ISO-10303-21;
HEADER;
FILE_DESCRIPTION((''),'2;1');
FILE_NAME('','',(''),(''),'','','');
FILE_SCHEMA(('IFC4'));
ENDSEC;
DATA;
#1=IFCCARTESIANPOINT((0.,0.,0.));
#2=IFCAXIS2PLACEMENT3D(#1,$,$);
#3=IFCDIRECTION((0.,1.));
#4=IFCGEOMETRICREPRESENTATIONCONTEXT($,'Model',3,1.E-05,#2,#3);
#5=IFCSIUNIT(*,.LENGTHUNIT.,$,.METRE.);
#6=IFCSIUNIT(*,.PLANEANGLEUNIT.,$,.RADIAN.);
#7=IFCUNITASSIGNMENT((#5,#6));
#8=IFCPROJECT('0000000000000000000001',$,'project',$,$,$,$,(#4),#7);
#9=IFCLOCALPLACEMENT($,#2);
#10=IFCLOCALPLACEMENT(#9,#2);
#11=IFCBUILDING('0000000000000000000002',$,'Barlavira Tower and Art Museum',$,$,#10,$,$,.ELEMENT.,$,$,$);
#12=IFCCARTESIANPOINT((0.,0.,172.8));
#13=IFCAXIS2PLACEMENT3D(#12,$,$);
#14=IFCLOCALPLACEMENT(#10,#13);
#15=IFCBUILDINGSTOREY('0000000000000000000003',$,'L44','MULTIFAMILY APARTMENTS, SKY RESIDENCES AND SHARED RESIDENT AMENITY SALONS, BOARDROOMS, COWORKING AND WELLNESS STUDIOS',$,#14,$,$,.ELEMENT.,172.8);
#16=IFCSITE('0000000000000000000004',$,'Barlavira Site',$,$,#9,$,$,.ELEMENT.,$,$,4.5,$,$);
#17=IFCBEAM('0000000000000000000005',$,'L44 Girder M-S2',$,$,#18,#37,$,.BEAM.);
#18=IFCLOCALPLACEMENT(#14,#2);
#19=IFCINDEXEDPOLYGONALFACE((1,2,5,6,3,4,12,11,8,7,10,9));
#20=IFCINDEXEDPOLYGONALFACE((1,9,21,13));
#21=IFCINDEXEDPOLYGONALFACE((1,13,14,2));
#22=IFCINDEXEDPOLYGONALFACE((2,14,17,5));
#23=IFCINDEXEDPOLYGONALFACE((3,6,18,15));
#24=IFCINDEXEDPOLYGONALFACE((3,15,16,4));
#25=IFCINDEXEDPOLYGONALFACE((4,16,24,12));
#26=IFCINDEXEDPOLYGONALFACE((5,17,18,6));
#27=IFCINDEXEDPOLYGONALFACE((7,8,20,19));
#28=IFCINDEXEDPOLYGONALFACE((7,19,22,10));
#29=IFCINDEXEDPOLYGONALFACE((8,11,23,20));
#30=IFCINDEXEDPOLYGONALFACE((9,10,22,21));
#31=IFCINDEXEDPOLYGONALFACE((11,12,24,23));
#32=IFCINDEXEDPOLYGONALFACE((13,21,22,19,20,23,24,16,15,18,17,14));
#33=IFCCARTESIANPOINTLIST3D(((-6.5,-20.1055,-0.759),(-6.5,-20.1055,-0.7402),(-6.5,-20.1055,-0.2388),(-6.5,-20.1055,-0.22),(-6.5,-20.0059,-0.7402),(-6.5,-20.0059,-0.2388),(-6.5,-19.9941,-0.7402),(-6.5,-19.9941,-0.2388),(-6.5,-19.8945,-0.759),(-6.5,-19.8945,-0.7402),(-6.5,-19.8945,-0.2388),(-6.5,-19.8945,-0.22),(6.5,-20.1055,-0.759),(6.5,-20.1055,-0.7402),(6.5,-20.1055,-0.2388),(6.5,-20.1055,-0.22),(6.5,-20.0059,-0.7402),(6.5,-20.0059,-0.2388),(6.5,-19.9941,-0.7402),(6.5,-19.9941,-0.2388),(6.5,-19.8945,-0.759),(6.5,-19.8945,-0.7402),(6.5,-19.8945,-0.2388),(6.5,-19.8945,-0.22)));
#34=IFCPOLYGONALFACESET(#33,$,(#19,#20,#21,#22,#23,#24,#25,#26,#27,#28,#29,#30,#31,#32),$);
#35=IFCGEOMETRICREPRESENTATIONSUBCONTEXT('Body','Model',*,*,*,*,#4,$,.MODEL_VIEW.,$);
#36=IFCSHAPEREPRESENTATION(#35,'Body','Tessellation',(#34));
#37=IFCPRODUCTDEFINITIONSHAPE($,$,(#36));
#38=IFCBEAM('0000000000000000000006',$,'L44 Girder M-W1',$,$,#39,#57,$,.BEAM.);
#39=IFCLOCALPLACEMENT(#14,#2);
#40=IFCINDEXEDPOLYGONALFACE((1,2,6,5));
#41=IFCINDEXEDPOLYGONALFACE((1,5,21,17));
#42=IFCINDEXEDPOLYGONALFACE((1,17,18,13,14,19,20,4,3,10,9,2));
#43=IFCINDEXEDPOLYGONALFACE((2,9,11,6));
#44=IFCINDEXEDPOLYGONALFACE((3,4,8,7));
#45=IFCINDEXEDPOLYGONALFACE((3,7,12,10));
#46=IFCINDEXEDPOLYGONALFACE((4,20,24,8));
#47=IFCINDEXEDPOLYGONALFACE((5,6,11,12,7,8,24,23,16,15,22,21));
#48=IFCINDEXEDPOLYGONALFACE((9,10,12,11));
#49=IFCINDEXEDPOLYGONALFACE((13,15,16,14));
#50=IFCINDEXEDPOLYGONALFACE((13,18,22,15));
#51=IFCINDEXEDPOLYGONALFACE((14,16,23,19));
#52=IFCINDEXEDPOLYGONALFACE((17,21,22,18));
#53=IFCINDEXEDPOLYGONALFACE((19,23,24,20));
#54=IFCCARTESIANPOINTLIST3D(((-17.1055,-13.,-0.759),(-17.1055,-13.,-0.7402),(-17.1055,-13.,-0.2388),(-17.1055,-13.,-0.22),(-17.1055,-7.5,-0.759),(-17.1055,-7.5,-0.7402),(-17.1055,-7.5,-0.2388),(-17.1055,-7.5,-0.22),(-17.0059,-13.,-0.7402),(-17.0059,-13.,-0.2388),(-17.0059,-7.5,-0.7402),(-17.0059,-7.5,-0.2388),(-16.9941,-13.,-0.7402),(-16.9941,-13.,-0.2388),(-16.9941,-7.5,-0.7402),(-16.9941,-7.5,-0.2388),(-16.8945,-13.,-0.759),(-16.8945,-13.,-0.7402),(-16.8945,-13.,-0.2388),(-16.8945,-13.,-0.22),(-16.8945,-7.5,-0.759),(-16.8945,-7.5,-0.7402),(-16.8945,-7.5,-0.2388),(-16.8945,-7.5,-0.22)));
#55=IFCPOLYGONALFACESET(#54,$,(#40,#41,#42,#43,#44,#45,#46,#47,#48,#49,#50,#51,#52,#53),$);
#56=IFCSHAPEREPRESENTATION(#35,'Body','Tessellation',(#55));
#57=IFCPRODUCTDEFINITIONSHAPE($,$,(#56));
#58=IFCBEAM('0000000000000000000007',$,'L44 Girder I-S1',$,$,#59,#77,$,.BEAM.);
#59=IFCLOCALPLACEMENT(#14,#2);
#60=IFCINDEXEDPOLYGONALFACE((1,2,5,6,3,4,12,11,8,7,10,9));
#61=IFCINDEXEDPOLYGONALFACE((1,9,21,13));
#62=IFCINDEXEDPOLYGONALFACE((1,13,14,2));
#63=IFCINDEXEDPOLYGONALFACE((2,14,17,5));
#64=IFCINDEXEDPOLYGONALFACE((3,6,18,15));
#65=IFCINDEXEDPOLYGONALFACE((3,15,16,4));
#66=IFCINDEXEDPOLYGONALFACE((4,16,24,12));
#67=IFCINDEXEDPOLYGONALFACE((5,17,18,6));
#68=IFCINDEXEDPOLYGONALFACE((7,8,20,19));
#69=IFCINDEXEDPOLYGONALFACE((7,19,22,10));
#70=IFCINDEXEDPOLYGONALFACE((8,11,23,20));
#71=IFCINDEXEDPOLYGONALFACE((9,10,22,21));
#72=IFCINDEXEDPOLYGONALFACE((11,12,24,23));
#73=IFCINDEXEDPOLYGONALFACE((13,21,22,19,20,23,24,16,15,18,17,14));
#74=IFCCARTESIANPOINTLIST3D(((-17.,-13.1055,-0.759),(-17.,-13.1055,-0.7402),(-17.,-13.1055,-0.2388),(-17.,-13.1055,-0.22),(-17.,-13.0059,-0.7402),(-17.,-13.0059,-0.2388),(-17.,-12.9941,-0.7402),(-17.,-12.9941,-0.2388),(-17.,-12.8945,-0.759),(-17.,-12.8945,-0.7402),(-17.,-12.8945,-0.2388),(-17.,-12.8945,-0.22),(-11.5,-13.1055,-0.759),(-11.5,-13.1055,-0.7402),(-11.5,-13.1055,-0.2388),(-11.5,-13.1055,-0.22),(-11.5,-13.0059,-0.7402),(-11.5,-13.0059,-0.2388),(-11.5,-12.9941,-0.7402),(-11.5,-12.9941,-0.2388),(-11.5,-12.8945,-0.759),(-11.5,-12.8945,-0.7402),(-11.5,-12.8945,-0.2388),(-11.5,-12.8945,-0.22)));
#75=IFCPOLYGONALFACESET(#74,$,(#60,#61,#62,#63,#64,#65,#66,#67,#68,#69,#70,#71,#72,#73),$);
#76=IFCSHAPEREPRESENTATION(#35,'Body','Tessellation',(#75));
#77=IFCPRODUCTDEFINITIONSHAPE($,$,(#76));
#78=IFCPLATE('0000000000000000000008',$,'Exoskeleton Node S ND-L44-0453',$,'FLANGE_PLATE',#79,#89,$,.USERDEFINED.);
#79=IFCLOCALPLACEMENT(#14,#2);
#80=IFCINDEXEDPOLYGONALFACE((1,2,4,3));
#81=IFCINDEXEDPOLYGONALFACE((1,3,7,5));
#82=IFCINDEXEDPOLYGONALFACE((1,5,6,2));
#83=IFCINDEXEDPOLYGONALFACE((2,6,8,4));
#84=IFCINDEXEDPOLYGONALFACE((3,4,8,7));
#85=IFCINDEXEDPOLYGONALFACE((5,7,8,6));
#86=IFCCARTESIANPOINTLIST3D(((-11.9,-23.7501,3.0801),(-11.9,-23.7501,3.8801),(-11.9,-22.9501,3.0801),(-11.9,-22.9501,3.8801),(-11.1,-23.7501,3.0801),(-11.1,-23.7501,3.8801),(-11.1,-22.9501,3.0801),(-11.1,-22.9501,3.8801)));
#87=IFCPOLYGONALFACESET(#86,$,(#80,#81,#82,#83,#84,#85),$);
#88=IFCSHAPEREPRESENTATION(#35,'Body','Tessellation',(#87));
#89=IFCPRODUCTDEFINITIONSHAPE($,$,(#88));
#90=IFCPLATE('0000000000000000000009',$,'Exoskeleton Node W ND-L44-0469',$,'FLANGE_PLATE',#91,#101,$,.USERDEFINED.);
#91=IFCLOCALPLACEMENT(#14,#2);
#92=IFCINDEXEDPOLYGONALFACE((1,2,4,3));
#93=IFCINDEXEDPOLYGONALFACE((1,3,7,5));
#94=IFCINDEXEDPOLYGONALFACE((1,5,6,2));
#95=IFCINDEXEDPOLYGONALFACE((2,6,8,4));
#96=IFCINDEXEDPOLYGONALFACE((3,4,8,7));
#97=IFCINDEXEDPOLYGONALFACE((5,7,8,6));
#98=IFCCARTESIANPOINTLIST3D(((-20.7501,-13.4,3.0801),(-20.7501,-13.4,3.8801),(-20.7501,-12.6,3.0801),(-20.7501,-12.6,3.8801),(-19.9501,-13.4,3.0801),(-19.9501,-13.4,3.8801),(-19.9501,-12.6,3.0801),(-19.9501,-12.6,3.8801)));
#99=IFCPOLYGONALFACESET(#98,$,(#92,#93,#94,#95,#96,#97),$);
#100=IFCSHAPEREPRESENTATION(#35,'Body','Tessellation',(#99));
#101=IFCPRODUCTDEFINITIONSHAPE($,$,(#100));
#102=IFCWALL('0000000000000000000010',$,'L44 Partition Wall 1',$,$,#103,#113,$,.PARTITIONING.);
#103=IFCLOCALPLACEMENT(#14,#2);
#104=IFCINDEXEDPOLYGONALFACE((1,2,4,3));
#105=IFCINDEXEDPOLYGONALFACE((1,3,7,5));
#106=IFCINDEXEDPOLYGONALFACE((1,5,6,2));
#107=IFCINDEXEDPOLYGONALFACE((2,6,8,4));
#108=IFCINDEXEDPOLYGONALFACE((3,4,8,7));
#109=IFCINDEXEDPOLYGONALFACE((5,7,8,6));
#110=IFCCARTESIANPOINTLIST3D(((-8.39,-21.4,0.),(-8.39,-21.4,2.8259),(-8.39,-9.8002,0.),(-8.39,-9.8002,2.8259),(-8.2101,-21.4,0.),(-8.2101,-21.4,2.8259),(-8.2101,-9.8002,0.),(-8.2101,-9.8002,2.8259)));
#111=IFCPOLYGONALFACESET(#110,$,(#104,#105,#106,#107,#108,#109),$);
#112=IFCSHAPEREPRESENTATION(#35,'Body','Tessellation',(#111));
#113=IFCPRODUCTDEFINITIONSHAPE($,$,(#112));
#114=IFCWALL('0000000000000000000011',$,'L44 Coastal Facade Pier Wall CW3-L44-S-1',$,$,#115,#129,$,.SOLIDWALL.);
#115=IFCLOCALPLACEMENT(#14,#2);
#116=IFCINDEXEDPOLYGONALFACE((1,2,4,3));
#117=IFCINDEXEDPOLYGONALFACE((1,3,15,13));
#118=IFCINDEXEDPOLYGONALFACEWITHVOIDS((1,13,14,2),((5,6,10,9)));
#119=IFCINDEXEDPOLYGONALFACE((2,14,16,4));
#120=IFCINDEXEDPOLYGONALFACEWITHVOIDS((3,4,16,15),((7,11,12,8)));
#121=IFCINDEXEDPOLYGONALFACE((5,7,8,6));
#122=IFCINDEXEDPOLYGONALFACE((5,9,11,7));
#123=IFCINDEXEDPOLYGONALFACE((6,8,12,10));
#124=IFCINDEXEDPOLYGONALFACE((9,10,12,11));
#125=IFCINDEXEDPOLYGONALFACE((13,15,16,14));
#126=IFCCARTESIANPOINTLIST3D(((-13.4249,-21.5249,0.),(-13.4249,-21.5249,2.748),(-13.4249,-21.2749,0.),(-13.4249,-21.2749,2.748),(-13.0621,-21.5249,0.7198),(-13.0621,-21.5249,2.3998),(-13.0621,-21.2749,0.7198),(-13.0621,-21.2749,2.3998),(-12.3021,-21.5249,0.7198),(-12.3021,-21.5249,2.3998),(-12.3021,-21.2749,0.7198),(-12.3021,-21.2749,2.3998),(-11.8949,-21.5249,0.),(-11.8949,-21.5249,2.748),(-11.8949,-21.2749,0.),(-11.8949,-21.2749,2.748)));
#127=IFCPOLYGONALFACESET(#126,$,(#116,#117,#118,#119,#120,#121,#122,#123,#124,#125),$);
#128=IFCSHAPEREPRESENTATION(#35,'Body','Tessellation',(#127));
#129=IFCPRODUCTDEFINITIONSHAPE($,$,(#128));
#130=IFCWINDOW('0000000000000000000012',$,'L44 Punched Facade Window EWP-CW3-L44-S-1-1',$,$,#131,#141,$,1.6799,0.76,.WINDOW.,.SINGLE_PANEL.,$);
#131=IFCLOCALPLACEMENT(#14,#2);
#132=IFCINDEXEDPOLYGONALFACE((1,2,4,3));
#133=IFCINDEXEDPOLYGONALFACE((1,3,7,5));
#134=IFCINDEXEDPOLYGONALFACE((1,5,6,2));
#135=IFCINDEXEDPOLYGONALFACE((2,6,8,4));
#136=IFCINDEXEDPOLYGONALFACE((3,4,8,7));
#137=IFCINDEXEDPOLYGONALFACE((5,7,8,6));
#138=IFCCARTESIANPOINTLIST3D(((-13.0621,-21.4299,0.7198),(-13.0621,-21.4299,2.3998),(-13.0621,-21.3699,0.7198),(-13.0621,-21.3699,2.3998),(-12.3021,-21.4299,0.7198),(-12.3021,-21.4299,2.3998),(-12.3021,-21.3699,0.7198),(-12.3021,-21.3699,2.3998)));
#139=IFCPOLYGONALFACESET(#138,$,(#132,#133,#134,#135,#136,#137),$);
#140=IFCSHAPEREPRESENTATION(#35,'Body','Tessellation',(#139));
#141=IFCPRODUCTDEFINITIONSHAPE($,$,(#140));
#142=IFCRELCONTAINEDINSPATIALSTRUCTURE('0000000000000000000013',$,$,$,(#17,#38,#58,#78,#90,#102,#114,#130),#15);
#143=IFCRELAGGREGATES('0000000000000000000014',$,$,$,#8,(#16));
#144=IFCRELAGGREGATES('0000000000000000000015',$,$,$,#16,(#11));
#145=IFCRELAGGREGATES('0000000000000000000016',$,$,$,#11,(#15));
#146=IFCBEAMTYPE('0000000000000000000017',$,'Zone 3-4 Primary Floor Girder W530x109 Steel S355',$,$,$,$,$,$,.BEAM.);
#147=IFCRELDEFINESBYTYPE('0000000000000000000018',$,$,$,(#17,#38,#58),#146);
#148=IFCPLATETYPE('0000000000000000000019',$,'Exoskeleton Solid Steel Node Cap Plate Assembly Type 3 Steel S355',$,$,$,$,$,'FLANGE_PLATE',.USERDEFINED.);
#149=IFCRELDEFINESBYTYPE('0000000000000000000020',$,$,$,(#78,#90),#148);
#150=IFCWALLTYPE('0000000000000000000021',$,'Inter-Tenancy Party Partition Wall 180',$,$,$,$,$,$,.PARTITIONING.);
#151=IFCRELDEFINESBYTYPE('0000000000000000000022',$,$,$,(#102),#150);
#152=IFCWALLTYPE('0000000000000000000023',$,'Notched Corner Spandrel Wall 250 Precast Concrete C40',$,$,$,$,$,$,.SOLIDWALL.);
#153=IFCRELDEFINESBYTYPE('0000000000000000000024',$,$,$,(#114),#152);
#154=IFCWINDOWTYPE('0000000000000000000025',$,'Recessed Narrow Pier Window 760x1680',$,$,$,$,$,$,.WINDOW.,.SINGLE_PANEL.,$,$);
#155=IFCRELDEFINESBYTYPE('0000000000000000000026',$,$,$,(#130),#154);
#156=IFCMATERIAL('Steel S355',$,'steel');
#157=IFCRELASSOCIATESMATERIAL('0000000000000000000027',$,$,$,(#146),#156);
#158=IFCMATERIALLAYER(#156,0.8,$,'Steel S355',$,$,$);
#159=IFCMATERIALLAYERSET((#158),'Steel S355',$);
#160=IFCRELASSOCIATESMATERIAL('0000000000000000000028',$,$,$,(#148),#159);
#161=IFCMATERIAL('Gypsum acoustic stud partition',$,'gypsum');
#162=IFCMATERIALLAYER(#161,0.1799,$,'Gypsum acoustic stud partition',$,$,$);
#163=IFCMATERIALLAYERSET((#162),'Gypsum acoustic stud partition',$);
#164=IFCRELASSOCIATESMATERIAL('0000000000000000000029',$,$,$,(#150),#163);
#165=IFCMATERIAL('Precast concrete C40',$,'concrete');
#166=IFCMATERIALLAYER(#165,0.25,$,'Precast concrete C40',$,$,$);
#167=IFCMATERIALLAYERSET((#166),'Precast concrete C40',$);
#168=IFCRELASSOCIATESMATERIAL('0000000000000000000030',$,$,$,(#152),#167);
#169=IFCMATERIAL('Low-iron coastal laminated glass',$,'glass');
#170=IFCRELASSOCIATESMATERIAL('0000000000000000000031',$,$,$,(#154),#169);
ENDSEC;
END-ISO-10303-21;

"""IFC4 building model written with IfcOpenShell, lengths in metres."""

from ifc_helpers import new_model, si_unit, direction, frame, frame_2d, origin, origin_2d, place, context, subcontext, project, spatial, rectangle, i_section, extrude, material, layer, layer_set, material_profile, profile_set, type_object, element, fill, save


model = new_model("IFC4")

# Units and contexts
model_context = context("Model", 3, precision=1e-05, world=origin(), true_north=direction((0.0, 1.0)))
body_context = subcontext(model_context, "Body", "Model", "MODEL_VIEW")
ifc_project = project(units=[si_unit("LENGTHUNIT", "METRE"), si_unit("PLANEANGLEUNIT", "RADIAN")], contexts=[model_context])

# Site, building, storey
site_placement = place(None, origin())
site = spatial("IfcSite", under=ifc_project, at=site_placement, Name="Barlavira Site", CompositionType="ELEMENT", RefElevation=4.5)
building_placement = place(site_placement, origin())
building = spatial("IfcBuilding", under=site, at=building_placement, Name="Barlavira Tower and Art Museum", CompositionType="ELEMENT")
storey_placement = place(building_placement, frame((0.0, 0.0, 172.8)))
storey = spatial("IfcBuildingStorey", under=building, at=storey_placement, Name="L44", Description="MULTIFAMILY APARTMENTS, SKY RESIDENCES AND SHARED RESIDENT AMENITY SALONS, BOARDROOMS, COWORKING AND WELLNESS STUDIOS", CompositionType="ELEMENT", Elevation=172.8)

# Beams
ifc_material_1 = material(Name="Steel S355", Category="steel")
ifc_material_profile_1 = material_profile(ifc_material_1, i_section(OverallWidth=0.2109, OverallDepth=0.5391, WebThickness=0.0117, FlangeThickness=0.0188, at=origin_2d()), Name="W530x109.0")
ifc_profile_set_1 = profile_set([ifc_material_profile_1], Name="Steel S355")
beam_type_1 = type_object("IfcBeamType", Name="Zone 3-4 Primary Floor Girder W530x109 Steel S355", PredefinedType="BEAM", material=ifc_profile_set_1)
beam_1_placement = place(storey_placement, frame((-6.5, -20.0, -0.4895), z_axis=(1.0, 0.0, 0.0), x_axis=(0.0, 1.0, 0.0)))
element("IfcBeam", 1, at=beam_1_placement, inside=storey, type_object=beam_type_1, Name="L44 Girder M-S2", PredefinedType="BEAM", context=body_context, shape_type="SweptSolid", body=[
    extrude(i_section(OverallWidth=0.2109, OverallDepth=0.5391, WebThickness=0.0117, FlangeThickness=0.0188, at=origin_2d()), origin(), (0.0, 0.0, 1.0), 13.0),
])
for number, where, z_axis, x_axis, name in (
    (2, (-17.0, -13.0, -0.4895), (0.0, 1.0, 0.0), (-1.0, 0.0, 0.0), "L44 Girder M-W1"),
    (3, (-17.0, -13.0, -0.4895), (1.0, 0.0, 0.0), (0.0, 1.0, 0.0), "L44 Girder I-S1"),
):
    element("IfcBeam", number, at=place(storey_placement, frame(where, z_axis=z_axis, x_axis=x_axis)), inside=storey, type_object=beam_type_1, Name=name, PredefinedType="BEAM", context=body_context, shape_type="SweptSolid", body=[
        extrude(i_section(OverallWidth=0.2109, OverallDepth=0.5391, WebThickness=0.0117, FlangeThickness=0.0188, at=origin_2d()), origin(), (0.0, 0.0, 1.0), 5.5),
    ])

# Plates
ifc_layer_1 = layer(ifc_material_1, 0.8, Name="Steel S355")
ifc_layer_set_1 = layer_set([ifc_layer_1], Name="Steel S355")
plate_type = type_object("IfcPlateType", Name="Exoskeleton Solid Steel Node Cap Plate Assembly Type 3 Steel S355", ElementType="FLANGE_PLATE", PredefinedType="USERDEFINED", material=ifc_layer_set_1)
for number, where, z_axis, x_axis, name in (
    (4, (-11.5, -23.3501, 3.0801), (0.0, 0.0, 1.0), (1.0, 0.0, 0.0), "Exoskeleton Node S ND-L44-0453"),
    (5, (-20.3501, -13.0, 3.0801), (0.0, 0.0, 1.0), (1.0, 0.0, 0.0), "Exoskeleton Node W ND-L44-0469"),
):
    element("IfcPlate", number, at=place(storey_placement, frame(where, z_axis=z_axis, x_axis=x_axis)), inside=storey, type_object=plate_type, Name=name, ObjectType="FLANGE_PLATE", PredefinedType="USERDEFINED", context=body_context, shape_type="SweptSolid", body=[
        extrude(rectangle(XDim=0.8, YDim=0.8, at=origin_2d()), origin(), (0.0, 0.0, 1.0), 0.8),
    ])

# Wall
ifc_material_2 = material(Name="Gypsum acoustic stud partition", Category="gypsum")
ifc_layer_2 = layer(ifc_material_2, 0.1799, Name="Gypsum acoustic stud partition")
ifc_layer_set_2 = layer_set([ifc_layer_2], Name="Gypsum acoustic stud partition")
wall_type_1 = type_object("IfcWallType", Name="Inter-Tenancy Party Partition Wall 180", PredefinedType="PARTITIONING", material=ifc_layer_set_2)
wall_1_placement = place(storey_placement, frame((-8.3, -21.3999, 0.0), z_axis=(0.0, 0.0, 1.0), x_axis=(0.0, 1.0, 0.0)))
element("IfcWall", 6, at=wall_1_placement, inside=storey, type_object=wall_type_1, Name="L44 Partition Wall 1", PredefinedType="PARTITIONING", context=body_context, shape_type="SweptSolid", body=[
    extrude(rectangle(XDim=11.5999, YDim=0.1799, at=frame_2d((5.7998, 0.0))), origin(), (0.0, 0.0, 1.0), 2.8259),
])

# Wall, opening, window
ifc_material_3 = material(Name="Precast concrete C40", Category="concrete")
ifc_layer_3 = layer(ifc_material_3, 0.25, Name="Precast concrete C40")
ifc_layer_set_3 = layer_set([ifc_layer_3], Name="Precast concrete C40")
wall_type_2 = type_object("IfcWallType", Name="Notched Corner Spandrel Wall 250 Precast Concrete C40", PredefinedType="SOLIDWALL", material=ifc_layer_set_3)
wall_2_placement = place(storey_placement, frame((-13.425, -21.3999, 0.0), z_axis=(0.0, 0.0, 1.0), x_axis=(1.0, 0.0, 0.0)))
wall_2 = element("IfcWall", 7, at=wall_2_placement, inside=storey, type_object=wall_type_2, Name="L44 Coastal Facade Pier Wall CW3-L44-S-1", PredefinedType="SOLIDWALL", context=body_context, shape_type="SweptSolid", body=[
    extrude(rectangle(XDim=1.53, YDim=0.25, at=frame_2d((0.7651, 0.0))), origin(), (0.0, 0.0, 1.0), 2.748),
])
opening_1_placement = place(wall_2_placement, frame((0.363, 0.0, 0.72)))
opening_1 = element("IfcOpeningElement", 8, at=opening_1_placement, cuts=wall_2, PredefinedType="OPENING", context=body_context, shape_type="SweptSolid", body=[
    extrude(rectangle(XDim=0.76, YDim=1.6799, at=frame_2d((0.3799, 0.8398))), frame((0.0, 0.135, 0.0), z_axis=(0.0, -1.0, 0.0), x_axis=(1.0, 0.0, 0.0)), (0.0, 0.0, 1.0), 0.27),
])
ifc_material_4 = material(Name="Low-iron coastal laminated glass", Category="glass")
window_type_1 = type_object("IfcWindowType", Name="Recessed Narrow Pier Window 760x1680", PartitioningType="SINGLE_PANEL", PredefinedType="WINDOW", material=ifc_material_4)
window_1_placement = place(opening_1_placement, origin())
window_1 = element("IfcWindow", 9, at=window_1_placement, inside=storey, type_object=window_type_1, Name="L44 Punched Facade Window EWP-CW3-L44-S-1-1", OverallHeight=1.6799, OverallWidth=0.76, PartitioningType="SINGLE_PANEL", PredefinedType="WINDOW", context=body_context, shape_type="SweptSolid", body=[
    extrude(rectangle(XDim=0.76, YDim=1.6799, at=frame_2d((0.3799, 0.8398))), frame((0.0, 0.03, 0.0), z_axis=(0.0, -1.0, 0.0), x_axis=(1.0, 0.0, 0.0)), (0.0, 0.0, 1.0), 0.0601),
])
fill(opening_1, window_1)

save(model, "model.ifc")
